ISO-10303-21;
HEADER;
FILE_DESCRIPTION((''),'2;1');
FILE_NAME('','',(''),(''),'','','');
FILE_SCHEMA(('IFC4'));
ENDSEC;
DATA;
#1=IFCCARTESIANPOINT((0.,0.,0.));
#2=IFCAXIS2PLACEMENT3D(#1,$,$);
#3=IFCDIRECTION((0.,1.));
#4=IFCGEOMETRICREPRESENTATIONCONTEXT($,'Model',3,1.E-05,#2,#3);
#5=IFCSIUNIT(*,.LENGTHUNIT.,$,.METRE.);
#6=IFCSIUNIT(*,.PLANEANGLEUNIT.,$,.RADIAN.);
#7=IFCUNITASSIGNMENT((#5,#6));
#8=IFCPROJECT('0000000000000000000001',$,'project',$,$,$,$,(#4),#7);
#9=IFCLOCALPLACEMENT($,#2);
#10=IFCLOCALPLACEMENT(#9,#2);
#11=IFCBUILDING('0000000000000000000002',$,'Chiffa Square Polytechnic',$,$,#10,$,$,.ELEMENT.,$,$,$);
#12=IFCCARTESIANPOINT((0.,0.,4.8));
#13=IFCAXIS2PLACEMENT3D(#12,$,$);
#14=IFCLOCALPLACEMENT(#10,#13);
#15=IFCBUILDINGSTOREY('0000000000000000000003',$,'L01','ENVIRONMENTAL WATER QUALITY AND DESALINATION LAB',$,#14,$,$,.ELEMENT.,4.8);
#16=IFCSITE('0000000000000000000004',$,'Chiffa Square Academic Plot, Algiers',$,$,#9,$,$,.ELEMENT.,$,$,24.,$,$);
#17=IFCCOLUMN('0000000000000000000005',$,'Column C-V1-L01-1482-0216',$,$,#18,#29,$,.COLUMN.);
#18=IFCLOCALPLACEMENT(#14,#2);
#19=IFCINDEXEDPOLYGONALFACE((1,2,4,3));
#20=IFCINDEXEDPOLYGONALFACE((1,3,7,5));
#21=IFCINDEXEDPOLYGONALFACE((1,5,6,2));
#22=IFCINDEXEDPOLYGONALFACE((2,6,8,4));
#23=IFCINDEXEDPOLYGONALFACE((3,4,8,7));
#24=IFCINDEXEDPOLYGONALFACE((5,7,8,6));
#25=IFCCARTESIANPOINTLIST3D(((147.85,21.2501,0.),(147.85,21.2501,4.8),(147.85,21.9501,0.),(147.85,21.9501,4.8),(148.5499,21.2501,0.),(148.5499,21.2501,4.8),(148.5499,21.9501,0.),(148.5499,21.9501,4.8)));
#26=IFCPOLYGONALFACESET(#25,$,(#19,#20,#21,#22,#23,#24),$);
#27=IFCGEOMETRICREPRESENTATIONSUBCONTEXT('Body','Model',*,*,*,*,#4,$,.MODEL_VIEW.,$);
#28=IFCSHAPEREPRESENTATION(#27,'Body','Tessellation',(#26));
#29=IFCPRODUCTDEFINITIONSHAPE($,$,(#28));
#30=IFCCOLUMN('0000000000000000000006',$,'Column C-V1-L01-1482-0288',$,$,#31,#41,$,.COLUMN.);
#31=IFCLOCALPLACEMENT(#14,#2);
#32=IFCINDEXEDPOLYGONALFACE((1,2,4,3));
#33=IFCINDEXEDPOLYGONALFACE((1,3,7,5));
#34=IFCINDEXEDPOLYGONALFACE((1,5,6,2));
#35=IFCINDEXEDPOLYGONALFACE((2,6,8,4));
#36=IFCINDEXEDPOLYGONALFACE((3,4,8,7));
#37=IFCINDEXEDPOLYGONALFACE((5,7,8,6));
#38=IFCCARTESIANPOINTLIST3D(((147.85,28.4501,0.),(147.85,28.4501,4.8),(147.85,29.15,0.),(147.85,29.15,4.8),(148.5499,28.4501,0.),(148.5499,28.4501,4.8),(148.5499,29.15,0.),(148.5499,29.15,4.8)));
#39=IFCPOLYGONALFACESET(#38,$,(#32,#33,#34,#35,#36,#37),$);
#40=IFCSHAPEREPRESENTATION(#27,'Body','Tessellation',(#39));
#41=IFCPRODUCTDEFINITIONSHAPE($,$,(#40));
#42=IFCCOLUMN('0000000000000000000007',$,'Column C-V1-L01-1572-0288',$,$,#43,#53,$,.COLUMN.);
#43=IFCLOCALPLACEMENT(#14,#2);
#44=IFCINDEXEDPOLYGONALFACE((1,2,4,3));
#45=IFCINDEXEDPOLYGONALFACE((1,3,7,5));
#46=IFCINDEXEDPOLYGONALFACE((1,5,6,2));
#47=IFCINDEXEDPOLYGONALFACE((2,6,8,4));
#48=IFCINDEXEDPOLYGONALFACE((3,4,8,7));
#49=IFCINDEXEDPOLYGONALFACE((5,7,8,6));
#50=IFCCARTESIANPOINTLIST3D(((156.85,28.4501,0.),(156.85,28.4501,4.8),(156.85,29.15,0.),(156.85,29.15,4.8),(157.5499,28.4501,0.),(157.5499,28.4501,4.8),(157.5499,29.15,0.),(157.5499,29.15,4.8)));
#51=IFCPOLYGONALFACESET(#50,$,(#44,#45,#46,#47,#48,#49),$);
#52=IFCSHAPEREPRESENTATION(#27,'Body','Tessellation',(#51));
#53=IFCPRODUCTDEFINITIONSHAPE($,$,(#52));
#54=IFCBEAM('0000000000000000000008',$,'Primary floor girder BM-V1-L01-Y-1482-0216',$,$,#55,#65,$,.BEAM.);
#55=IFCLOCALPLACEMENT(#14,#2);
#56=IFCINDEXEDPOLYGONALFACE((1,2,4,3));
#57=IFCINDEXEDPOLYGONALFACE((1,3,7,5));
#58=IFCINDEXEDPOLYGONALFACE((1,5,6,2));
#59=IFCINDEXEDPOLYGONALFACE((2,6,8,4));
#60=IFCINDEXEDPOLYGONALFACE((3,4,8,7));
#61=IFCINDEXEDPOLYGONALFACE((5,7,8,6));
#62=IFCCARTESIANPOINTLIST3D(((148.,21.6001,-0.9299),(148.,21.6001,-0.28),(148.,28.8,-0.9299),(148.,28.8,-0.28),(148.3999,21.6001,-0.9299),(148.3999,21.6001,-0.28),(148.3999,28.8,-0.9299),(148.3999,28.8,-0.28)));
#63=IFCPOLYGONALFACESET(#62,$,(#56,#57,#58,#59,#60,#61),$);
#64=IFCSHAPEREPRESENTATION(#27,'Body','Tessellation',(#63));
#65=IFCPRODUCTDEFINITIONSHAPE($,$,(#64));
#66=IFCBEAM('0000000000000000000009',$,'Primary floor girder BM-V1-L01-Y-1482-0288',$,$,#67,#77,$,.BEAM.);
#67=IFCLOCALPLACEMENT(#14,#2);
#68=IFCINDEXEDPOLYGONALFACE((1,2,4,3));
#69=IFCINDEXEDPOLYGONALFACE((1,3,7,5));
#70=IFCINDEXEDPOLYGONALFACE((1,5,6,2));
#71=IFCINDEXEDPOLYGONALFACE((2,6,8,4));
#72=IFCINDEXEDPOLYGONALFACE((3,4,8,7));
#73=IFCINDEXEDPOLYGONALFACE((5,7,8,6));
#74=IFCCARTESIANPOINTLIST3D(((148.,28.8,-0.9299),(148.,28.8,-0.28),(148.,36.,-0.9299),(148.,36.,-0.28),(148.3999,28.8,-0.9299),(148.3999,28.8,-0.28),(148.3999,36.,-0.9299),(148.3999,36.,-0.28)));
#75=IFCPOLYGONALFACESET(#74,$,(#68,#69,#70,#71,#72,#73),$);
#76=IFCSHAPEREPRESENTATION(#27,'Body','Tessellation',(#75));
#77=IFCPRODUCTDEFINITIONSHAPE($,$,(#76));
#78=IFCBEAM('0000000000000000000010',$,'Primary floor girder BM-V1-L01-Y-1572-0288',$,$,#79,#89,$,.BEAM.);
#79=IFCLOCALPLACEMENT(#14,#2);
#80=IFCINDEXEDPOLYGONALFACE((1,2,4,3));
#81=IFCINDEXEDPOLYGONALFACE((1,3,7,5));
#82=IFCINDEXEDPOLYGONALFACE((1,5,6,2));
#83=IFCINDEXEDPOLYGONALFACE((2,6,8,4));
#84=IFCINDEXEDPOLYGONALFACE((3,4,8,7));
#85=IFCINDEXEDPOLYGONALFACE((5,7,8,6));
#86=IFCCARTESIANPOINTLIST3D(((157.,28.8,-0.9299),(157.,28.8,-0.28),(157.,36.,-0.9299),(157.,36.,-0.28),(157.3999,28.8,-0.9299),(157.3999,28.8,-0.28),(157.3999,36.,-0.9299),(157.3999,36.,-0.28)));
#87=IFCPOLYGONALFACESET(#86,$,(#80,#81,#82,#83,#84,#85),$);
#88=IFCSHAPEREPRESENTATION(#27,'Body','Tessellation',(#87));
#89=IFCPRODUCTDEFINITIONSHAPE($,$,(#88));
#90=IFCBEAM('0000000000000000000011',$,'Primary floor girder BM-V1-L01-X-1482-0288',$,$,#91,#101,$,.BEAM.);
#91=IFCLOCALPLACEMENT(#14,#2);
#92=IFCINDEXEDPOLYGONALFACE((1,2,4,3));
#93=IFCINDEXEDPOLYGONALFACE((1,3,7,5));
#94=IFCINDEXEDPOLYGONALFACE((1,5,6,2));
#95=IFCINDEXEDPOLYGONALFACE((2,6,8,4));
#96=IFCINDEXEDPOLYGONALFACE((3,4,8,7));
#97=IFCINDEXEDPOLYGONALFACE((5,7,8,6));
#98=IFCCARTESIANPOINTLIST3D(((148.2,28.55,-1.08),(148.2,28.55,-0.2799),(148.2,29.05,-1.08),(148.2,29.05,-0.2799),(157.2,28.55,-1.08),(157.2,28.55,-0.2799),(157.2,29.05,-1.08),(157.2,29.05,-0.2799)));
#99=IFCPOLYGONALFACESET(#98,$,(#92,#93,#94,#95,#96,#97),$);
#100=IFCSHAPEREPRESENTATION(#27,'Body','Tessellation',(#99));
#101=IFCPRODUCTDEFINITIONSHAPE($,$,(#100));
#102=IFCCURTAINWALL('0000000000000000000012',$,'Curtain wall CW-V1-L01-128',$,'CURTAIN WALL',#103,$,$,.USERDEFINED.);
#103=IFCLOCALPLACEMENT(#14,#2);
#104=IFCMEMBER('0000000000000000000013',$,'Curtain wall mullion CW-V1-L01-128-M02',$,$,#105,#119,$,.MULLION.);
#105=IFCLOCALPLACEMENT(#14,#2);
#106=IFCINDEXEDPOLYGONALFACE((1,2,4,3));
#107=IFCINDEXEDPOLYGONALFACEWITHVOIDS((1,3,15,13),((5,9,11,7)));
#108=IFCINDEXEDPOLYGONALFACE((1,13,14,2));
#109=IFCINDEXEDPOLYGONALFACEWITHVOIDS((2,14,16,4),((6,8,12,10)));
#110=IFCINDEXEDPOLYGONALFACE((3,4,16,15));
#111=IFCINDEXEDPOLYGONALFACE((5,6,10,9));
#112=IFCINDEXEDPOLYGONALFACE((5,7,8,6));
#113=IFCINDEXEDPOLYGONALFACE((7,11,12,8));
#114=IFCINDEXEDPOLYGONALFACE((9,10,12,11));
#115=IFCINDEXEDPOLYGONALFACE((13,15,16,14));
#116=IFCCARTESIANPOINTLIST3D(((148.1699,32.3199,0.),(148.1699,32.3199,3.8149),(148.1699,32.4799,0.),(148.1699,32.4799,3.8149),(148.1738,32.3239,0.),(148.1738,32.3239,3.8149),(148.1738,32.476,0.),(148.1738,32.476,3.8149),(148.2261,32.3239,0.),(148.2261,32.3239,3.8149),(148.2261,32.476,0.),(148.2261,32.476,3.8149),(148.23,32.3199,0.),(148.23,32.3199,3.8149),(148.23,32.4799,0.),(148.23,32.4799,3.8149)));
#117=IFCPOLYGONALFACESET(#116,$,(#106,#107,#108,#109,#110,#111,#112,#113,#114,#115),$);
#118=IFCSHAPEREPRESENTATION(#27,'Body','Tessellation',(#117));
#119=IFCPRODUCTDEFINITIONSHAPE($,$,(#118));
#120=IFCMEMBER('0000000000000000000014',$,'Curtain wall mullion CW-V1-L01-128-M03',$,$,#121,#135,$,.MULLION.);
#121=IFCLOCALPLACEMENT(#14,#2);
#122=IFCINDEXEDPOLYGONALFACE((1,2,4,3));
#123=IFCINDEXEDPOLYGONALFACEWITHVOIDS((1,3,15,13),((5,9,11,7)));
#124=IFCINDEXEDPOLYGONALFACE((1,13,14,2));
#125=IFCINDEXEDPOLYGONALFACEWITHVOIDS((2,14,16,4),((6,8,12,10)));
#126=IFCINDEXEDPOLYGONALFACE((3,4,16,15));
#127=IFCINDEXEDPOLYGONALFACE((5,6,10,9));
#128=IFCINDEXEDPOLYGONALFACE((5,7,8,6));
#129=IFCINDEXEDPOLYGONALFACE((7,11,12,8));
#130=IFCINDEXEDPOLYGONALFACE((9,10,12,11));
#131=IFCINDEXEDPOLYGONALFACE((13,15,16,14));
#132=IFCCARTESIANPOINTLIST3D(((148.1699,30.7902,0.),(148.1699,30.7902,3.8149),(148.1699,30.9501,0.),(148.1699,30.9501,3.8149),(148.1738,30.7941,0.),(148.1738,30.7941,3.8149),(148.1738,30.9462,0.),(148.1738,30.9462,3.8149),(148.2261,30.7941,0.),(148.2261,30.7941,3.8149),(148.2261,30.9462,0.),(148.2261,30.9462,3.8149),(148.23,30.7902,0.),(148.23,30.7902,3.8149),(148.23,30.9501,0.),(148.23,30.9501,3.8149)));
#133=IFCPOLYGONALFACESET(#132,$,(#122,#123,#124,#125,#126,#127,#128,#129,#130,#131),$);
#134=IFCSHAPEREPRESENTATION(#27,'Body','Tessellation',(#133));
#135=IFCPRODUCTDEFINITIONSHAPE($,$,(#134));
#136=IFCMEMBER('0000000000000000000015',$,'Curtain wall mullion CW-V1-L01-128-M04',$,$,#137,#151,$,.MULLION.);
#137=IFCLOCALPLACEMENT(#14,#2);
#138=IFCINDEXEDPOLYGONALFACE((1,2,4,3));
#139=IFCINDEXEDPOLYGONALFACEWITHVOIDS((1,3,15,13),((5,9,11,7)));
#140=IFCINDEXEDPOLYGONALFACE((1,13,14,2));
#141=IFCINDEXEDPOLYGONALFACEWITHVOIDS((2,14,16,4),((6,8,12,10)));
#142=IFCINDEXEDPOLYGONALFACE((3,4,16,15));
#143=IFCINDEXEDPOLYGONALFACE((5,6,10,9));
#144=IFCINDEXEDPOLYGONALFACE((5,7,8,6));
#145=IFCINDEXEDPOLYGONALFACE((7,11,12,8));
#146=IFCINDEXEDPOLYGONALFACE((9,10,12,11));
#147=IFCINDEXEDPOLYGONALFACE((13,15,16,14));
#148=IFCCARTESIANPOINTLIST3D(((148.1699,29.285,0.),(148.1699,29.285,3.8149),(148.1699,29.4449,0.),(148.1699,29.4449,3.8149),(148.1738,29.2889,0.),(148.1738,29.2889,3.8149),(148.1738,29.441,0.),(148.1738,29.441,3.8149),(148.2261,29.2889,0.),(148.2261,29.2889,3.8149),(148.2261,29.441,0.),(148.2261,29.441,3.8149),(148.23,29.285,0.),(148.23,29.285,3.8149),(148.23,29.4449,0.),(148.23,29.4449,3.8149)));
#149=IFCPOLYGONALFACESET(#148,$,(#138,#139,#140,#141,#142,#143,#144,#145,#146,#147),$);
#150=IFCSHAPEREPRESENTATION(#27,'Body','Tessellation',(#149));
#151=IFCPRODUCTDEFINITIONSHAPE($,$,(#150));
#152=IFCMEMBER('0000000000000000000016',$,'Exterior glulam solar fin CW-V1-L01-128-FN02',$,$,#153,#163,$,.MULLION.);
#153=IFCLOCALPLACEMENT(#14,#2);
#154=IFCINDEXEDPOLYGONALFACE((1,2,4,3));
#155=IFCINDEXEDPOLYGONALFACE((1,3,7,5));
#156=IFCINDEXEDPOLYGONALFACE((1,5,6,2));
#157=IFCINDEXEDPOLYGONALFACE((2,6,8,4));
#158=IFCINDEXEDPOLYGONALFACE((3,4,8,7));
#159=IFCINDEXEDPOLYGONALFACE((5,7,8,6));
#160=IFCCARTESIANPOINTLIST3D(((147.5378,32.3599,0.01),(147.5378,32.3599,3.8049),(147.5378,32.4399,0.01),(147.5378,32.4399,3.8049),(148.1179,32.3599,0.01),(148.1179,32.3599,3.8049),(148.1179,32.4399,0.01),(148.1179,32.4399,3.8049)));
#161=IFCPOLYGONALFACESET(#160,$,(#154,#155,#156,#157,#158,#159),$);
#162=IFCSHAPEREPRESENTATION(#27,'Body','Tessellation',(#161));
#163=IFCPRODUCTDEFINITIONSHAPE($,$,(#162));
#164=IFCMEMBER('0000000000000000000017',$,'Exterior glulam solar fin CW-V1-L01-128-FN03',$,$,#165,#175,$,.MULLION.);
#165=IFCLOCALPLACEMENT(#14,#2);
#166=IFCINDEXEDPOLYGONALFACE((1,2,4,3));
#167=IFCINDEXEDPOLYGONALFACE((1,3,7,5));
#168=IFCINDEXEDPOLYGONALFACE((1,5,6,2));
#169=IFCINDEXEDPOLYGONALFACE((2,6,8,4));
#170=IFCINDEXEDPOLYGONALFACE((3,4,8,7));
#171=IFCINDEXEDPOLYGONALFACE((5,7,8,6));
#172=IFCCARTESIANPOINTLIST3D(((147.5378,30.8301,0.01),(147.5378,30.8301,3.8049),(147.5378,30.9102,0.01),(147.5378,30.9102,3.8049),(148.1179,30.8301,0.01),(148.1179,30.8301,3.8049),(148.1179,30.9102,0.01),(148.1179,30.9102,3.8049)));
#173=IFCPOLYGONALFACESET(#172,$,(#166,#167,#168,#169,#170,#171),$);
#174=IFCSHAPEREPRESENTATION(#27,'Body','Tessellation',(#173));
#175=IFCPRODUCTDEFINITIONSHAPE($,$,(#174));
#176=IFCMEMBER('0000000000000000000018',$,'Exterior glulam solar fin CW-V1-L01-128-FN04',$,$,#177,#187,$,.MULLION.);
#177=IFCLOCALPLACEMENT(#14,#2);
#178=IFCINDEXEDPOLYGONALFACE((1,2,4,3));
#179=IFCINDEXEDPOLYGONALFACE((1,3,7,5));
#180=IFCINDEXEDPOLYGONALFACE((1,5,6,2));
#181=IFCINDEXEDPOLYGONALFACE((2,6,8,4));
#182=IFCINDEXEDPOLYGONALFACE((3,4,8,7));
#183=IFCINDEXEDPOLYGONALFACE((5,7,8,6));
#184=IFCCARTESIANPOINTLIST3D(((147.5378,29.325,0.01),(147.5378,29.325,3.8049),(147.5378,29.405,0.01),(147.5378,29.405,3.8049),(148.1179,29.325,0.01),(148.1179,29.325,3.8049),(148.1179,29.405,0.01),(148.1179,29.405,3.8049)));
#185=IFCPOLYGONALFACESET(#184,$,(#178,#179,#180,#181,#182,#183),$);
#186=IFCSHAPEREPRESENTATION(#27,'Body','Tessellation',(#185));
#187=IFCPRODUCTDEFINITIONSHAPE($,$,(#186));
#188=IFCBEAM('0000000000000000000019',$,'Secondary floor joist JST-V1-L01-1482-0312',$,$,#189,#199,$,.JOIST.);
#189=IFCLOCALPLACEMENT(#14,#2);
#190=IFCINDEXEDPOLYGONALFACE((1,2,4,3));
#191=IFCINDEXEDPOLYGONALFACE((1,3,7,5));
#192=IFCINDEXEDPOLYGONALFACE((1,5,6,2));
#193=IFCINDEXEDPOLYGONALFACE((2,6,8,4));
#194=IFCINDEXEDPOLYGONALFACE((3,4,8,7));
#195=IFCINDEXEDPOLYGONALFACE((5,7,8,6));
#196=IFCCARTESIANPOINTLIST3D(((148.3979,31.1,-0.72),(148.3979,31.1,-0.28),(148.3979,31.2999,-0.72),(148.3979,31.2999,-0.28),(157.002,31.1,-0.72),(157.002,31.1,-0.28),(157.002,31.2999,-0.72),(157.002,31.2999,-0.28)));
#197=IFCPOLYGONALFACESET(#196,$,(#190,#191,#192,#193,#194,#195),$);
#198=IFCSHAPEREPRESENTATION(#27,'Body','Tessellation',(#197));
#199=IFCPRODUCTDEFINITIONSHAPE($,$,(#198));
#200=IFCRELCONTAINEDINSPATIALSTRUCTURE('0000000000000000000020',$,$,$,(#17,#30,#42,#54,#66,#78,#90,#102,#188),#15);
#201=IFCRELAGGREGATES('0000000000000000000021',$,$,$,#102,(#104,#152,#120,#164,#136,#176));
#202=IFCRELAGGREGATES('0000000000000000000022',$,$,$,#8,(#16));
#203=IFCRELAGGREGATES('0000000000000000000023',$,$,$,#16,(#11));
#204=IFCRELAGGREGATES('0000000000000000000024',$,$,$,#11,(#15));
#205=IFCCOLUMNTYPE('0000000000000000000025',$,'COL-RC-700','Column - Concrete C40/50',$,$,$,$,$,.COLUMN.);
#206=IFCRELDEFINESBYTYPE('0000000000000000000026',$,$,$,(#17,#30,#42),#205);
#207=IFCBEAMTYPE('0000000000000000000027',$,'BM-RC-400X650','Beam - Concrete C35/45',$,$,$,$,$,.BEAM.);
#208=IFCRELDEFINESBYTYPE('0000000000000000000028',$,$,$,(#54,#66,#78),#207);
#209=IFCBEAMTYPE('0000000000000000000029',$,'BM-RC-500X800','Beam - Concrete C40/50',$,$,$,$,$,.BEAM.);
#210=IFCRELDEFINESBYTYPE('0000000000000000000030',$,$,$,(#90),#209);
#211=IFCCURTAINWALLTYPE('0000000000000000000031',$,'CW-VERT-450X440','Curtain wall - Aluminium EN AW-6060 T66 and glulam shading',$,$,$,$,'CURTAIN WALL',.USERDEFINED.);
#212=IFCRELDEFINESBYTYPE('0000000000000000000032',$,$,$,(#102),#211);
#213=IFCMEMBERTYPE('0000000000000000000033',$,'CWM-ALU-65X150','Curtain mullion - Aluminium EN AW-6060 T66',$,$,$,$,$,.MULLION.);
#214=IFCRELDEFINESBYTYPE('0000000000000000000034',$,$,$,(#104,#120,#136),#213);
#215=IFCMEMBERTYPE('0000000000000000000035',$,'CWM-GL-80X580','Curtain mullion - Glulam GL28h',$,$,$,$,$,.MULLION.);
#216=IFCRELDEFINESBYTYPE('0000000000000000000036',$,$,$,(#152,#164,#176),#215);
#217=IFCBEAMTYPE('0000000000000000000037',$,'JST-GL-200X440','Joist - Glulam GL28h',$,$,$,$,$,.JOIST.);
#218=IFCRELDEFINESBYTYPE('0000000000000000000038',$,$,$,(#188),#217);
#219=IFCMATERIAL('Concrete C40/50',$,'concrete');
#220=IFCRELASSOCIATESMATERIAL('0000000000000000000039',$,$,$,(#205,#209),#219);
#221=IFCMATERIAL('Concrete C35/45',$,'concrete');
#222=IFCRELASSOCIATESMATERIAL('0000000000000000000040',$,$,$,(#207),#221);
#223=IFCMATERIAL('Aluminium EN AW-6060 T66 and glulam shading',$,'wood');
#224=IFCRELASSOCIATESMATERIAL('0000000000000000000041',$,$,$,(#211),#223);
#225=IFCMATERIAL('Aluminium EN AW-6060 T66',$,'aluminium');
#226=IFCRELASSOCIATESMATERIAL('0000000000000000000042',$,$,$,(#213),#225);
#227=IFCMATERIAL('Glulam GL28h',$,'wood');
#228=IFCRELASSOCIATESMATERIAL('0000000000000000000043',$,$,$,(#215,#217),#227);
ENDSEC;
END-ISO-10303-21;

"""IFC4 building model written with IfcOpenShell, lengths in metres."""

from ifc_helpers import new_model, si_unit, direction, frame, origin, origin_2d, place, context, subcontext, project, spatial, rectangle, hollow_rectangle, extrude, material, material_profile, profile_set, type_object, element, aggregate, save


model = new_model("IFC4")

# Units and contexts
model_context = context("Model", 3, precision=1e-05, world=origin(), true_north=direction((0.0, 1.0)))
body_context = subcontext(model_context, "Body", "Model", "MODEL_VIEW")
ifc_project = project(units=[si_unit("LENGTHUNIT", "METRE"), si_unit("PLANEANGLEUNIT", "RADIAN")], contexts=[model_context])

# Site, building, storey
site_placement = place(None, origin())
site = spatial("IfcSite", under=ifc_project, at=site_placement, Name="Chiffa Square Academic Plot, Algiers", CompositionType="ELEMENT", RefElevation=24.0)
building_placement = place(site_placement, origin())
building = spatial("IfcBuilding", under=site, at=building_placement, Name="Chiffa Square Polytechnic", CompositionType="ELEMENT")
storey_placement = place(building_placement, frame((0.0, 0.0, 4.8)))
storey = spatial("IfcBuildingStorey", under=building, at=storey_placement, Name="L01", Description="ENVIRONMENTAL WATER QUALITY AND DESALINATION LAB", CompositionType="ELEMENT", Elevation=4.8)

# Columns
ifc_material_1 = material(Name="Concrete C40/50", Category="concrete")
ifc_material_profile_1 = material_profile(ifc_material_1, rectangle(XDim=0.7, YDim=0.7, at=origin_2d()), Name="RC 700x700")
ifc_profile_set_1 = profile_set([ifc_material_profile_1], Name="Concrete C40/50")
column_type = type_object("IfcColumnType", Name="COL-RC-700", Description="Column - Concrete C40/50", PredefinedType="COLUMN", material=ifc_profile_set_1)
for number, where, z_axis, x_axis, name in (
    (1, (148.2, 21.6001, 0.0), (0.0, 0.0, 1.0), (1.0, 0.0, 0.0), "Column C-V1-L01-1482-0216"),
    (2, (148.2, 28.8, 0.0), (0.0, 0.0, 1.0), (1.0, 0.0, 0.0), "Column C-V1-L01-1482-0288"),
    (3, (157.2, 28.8, 0.0), (0.0, 0.0, 1.0), (1.0, 0.0, 0.0), "Column C-V1-L01-1572-0288"),
):
    element("IfcColumn", number, at=place(storey_placement, frame(where, z_axis=z_axis, x_axis=x_axis)), inside=storey, type_object=column_type, Name=name, PredefinedType="COLUMN", context=body_context, shape_type="SweptSolid", body=[
        extrude(rectangle(XDim=0.7, YDim=0.7, at=origin_2d()), origin(), (0.0, 0.0, 1.0), 4.8),
    ])

# Beams
ifc_material_2 = material(Name="Concrete C35/45", Category="concrete")
ifc_material_profile_2 = material_profile(ifc_material_2, rectangle(XDim=0.3999, YDim=0.6499, at=origin_2d()), Name="RC 400x650")
ifc_profile_set_2 = profile_set([ifc_material_profile_2], Name="Concrete C35/45")
beam_type_1 = type_object("IfcBeamType", Name="BM-RC-400X650", Description="Beam - Concrete C35/45", PredefinedType="BEAM", material=ifc_profile_set_2)
for number, where, z_axis, x_axis, name in (
    (4, (148.2, 21.6001, -0.605), (0.0, 1.0, 0.0), (-1.0, 0.0, 0.0), "Primary floor girder BM-V1-L01-Y-1482-0216"),
    (5, (148.2, 28.8, -0.605), (0.0, 1.0, 0.0), (-1.0, 0.0, 0.0), "Primary floor girder BM-V1-L01-Y-1482-0288"),
    (6, (157.2, 28.8, -0.605), (0.0, 1.0, 0.0), (-1.0, 0.0, 0.0), "Primary floor girder BM-V1-L01-Y-1572-0288"),
):
    element("IfcBeam", number, at=place(storey_placement, frame(where, z_axis=z_axis, x_axis=x_axis)), inside=storey, type_object=beam_type_1, Name=name, PredefinedType="BEAM", context=body_context, shape_type="SweptSolid", body=[
        extrude(rectangle(XDim=0.3999, YDim=0.6499, at=origin_2d()), origin(), (0.0, 0.0, 1.0), 7.2),
    ])
ifc_material_profile_3 = material_profile(ifc_material_1, rectangle(XDim=0.5, YDim=0.8, at=origin_2d()), Name="RC 500x800")
ifc_profile_set_3 = profile_set([ifc_material_profile_3], Name="Concrete C40/50")
beam_type_2 = type_object("IfcBeamType", Name="BM-RC-500X800", Description="Beam - Concrete C40/50", PredefinedType="BEAM", material=ifc_profile_set_3)
beam_placement = place(storey_placement, frame((148.2, 28.8, -0.6799), z_axis=(1.0, 0.0, 0.0), x_axis=(0.0, 1.0, 0.0)))
element("IfcBeam", 7, at=beam_placement, inside=storey, type_object=beam_type_2, Name="Primary floor girder BM-V1-L01-X-1482-0288", PredefinedType="BEAM", context=body_context, shape_type="SweptSolid", body=[
    extrude(rectangle(XDim=0.5, YDim=0.8, at=origin_2d()), origin(), (0.0, 0.0, 1.0), 9.0),
])

# Curtain wall, members
ifc_material_3 = material(Name="Aluminium EN AW-6060 T66 and glulam shading", Category="wood")
curtain_wall_type = type_object("IfcCurtainWallType", Name="CW-VERT-450X440", Description="Curtain wall - Aluminium EN AW-6060 T66 and glulam shading", ElementType="CURTAIN WALL", PredefinedType="USERDEFINED", material=ifc_material_3)
curtain_wall_placement = place(storey_placement, origin())
curtain_wall = element("IfcCurtainWall", 8, at=curtain_wall_placement, inside=storey, type_object=curtain_wall_type, Name="Curtain wall CW-V1-L01-128", ObjectType="CURTAIN WALL", PredefinedType="USERDEFINED")
ifc_material_4 = material(Name="Aluminium EN AW-6060 T66", Category="aluminium")
ifc_material_profile_4 = material_profile(ifc_material_4, hollow_rectangle(XDim=0.0601, YDim=0.1599, WallThickness=0.0039, at=origin_2d()), Name="ALU 60x160x4")
ifc_profile_set_4 = profile_set([ifc_material_profile_4], Name="Aluminium EN AW-6060 T66")
member_type_1 = type_object("IfcMemberType", Name="CWM-ALU-65X150", Description="Curtain mullion - Aluminium EN AW-6060 T66", PredefinedType="MULLION", material=ifc_profile_set_4)
member_1_placement = place(storey_placement, frame((148.2, 32.3999, 0.0), z_axis=(0.0, 0.0, 1.0), x_axis=(1.0, 0.0, 0.0)))
member_1 = element("IfcMember", 9, at=member_1_placement, type_object=member_type_1, Name="Curtain wall mullion CW-V1-L01-128-M02", PredefinedType="MULLION", context=body_context, shape_type="SweptSolid", body=[
    extrude(hollow_rectangle(XDim=0.0601, YDim=0.1599, WallThickness=0.0039, at=origin_2d()), origin(), (0.0, 0.0, 1.0), 3.8149),
])
member_2_placement = place(storey_placement, frame((148.2, 30.8701, 0.0), z_axis=(0.0, 0.0, 1.0), x_axis=(1.0, 0.0, 0.0)))
member_2 = element("IfcMember", 10, at=member_2_placement, type_object=member_type_1, Name="Curtain wall mullion CW-V1-L01-128-M03", PredefinedType="MULLION", context=body_context, shape_type="SweptSolid", body=[
    extrude(hollow_rectangle(XDim=0.0601, YDim=0.1599, WallThickness=0.0039, at=origin_2d()), origin(), (0.0, 0.0, 1.0), 3.8149),
])
member_3_placement = place(storey_placement, frame((148.2, 29.365, 0.0), z_axis=(0.0, 0.0, 1.0), x_axis=(1.0, 0.0, 0.0)))
member_3 = element("IfcMember", 11, at=member_3_placement, type_object=member_type_1, Name="Curtain wall mullion CW-V1-L01-128-M04", PredefinedType="MULLION", context=body_context, shape_type="SweptSolid", body=[
    extrude(hollow_rectangle(XDim=0.0601, YDim=0.1599, WallThickness=0.0039, at=origin_2d()), origin(), (0.0, 0.0, 1.0), 3.8149),
])
ifc_material_5 = material(Name="Glulam GL28h", Category="wood")
ifc_material_profile_5 = material_profile(ifc_material_5, rectangle(XDim=0.0801, YDim=0.5801, at=origin_2d()), Name="GL28h 80x580")
ifc_profile_set_5 = profile_set([ifc_material_profile_5], Name="Glulam GL28h")
member_type_2 = type_object("IfcMemberType", Name="CWM-GL-80X580", Description="Curtain mullion - Glulam GL28h", PredefinedType="MULLION", material=ifc_profile_set_5)
member_4_placement = place(storey_placement, frame((147.8279, 32.3999, 0.01), z_axis=(0.0, 0.0, 1.0), x_axis=(0.0, -1.0, 0.0)))
member_4 = element("IfcMember", 12, at=member_4_placement, type_object=member_type_2, Name="Exterior glulam solar fin CW-V1-L01-128-FN02", PredefinedType="MULLION", context=body_context, shape_type="SweptSolid", body=[
    extrude(rectangle(XDim=0.0801, YDim=0.5801, at=origin_2d()), origin(), (0.0, 0.0, 1.0), 3.7949),
])
member_5_placement = place(storey_placement, frame((147.8279, 30.8701, 0.01), z_axis=(0.0, 0.0, 1.0), x_axis=(0.0, -1.0, 0.0)))
member_5 = element("IfcMember", 13, at=member_5_placement, type_object=member_type_2, Name="Exterior glulam solar fin CW-V1-L01-128-FN03", PredefinedType="MULLION", context=body_context, shape_type="SweptSolid", body=[
    extrude(rectangle(XDim=0.0801, YDim=0.5801, at=origin_2d()), origin(), (0.0, 0.0, 1.0), 3.7949),
])
member_6_placement = place(storey_placement, frame((147.8279, 29.365, 0.01), z_axis=(0.0, 0.0, 1.0), x_axis=(0.0, -1.0, 0.0)))
member_6 = element("IfcMember", 14, at=member_6_placement, type_object=member_type_2, Name="Exterior glulam solar fin CW-V1-L01-128-FN04", PredefinedType="MULLION", context=body_context, shape_type="SweptSolid", body=[
    extrude(rectangle(XDim=0.0801, YDim=0.5801, at=origin_2d()), origin(), (0.0, 0.0, 1.0), 3.7949),
])

# Beam
ifc_material_profile_6 = material_profile(ifc_material_5, rectangle(XDim=0.2, YDim=0.4399, at=origin_2d()), Name="GL28h 200x440")
ifc_profile_set_6 = profile_set([ifc_material_profile_6], Name="Glulam GL28h")
beam_type_3 = type_object("IfcBeamType", Name="JST-GL-200X440", Description="Joist - Glulam GL28h", PredefinedType="JOIST", material=ifc_profile_set_6)
for number, where, z_axis, x_axis, name in (
    (15, (148.3979, 31.2, -0.5), (1.0, 0.0, 0.0), (0.0, 1.0, 0.0), "Secondary floor joist JST-V1-L01-1482-0312"),
):
    element("IfcBeam", number, at=place(storey_placement, frame(where, z_axis=z_axis, x_axis=x_axis)), inside=storey, type_object=beam_type_3, Name=name, PredefinedType="JOIST", context=body_context, shape_type="SweptSolid", body=[
        extrude(rectangle(XDim=0.2, YDim=0.4399, at=origin_2d()), origin(), (0.0, 0.0, 1.0), 8.604),
    ])

aggregate(curtain_wall, [member_1, member_4, member_2, member_5, member_3, member_6])

save(model, "model.ifc")
